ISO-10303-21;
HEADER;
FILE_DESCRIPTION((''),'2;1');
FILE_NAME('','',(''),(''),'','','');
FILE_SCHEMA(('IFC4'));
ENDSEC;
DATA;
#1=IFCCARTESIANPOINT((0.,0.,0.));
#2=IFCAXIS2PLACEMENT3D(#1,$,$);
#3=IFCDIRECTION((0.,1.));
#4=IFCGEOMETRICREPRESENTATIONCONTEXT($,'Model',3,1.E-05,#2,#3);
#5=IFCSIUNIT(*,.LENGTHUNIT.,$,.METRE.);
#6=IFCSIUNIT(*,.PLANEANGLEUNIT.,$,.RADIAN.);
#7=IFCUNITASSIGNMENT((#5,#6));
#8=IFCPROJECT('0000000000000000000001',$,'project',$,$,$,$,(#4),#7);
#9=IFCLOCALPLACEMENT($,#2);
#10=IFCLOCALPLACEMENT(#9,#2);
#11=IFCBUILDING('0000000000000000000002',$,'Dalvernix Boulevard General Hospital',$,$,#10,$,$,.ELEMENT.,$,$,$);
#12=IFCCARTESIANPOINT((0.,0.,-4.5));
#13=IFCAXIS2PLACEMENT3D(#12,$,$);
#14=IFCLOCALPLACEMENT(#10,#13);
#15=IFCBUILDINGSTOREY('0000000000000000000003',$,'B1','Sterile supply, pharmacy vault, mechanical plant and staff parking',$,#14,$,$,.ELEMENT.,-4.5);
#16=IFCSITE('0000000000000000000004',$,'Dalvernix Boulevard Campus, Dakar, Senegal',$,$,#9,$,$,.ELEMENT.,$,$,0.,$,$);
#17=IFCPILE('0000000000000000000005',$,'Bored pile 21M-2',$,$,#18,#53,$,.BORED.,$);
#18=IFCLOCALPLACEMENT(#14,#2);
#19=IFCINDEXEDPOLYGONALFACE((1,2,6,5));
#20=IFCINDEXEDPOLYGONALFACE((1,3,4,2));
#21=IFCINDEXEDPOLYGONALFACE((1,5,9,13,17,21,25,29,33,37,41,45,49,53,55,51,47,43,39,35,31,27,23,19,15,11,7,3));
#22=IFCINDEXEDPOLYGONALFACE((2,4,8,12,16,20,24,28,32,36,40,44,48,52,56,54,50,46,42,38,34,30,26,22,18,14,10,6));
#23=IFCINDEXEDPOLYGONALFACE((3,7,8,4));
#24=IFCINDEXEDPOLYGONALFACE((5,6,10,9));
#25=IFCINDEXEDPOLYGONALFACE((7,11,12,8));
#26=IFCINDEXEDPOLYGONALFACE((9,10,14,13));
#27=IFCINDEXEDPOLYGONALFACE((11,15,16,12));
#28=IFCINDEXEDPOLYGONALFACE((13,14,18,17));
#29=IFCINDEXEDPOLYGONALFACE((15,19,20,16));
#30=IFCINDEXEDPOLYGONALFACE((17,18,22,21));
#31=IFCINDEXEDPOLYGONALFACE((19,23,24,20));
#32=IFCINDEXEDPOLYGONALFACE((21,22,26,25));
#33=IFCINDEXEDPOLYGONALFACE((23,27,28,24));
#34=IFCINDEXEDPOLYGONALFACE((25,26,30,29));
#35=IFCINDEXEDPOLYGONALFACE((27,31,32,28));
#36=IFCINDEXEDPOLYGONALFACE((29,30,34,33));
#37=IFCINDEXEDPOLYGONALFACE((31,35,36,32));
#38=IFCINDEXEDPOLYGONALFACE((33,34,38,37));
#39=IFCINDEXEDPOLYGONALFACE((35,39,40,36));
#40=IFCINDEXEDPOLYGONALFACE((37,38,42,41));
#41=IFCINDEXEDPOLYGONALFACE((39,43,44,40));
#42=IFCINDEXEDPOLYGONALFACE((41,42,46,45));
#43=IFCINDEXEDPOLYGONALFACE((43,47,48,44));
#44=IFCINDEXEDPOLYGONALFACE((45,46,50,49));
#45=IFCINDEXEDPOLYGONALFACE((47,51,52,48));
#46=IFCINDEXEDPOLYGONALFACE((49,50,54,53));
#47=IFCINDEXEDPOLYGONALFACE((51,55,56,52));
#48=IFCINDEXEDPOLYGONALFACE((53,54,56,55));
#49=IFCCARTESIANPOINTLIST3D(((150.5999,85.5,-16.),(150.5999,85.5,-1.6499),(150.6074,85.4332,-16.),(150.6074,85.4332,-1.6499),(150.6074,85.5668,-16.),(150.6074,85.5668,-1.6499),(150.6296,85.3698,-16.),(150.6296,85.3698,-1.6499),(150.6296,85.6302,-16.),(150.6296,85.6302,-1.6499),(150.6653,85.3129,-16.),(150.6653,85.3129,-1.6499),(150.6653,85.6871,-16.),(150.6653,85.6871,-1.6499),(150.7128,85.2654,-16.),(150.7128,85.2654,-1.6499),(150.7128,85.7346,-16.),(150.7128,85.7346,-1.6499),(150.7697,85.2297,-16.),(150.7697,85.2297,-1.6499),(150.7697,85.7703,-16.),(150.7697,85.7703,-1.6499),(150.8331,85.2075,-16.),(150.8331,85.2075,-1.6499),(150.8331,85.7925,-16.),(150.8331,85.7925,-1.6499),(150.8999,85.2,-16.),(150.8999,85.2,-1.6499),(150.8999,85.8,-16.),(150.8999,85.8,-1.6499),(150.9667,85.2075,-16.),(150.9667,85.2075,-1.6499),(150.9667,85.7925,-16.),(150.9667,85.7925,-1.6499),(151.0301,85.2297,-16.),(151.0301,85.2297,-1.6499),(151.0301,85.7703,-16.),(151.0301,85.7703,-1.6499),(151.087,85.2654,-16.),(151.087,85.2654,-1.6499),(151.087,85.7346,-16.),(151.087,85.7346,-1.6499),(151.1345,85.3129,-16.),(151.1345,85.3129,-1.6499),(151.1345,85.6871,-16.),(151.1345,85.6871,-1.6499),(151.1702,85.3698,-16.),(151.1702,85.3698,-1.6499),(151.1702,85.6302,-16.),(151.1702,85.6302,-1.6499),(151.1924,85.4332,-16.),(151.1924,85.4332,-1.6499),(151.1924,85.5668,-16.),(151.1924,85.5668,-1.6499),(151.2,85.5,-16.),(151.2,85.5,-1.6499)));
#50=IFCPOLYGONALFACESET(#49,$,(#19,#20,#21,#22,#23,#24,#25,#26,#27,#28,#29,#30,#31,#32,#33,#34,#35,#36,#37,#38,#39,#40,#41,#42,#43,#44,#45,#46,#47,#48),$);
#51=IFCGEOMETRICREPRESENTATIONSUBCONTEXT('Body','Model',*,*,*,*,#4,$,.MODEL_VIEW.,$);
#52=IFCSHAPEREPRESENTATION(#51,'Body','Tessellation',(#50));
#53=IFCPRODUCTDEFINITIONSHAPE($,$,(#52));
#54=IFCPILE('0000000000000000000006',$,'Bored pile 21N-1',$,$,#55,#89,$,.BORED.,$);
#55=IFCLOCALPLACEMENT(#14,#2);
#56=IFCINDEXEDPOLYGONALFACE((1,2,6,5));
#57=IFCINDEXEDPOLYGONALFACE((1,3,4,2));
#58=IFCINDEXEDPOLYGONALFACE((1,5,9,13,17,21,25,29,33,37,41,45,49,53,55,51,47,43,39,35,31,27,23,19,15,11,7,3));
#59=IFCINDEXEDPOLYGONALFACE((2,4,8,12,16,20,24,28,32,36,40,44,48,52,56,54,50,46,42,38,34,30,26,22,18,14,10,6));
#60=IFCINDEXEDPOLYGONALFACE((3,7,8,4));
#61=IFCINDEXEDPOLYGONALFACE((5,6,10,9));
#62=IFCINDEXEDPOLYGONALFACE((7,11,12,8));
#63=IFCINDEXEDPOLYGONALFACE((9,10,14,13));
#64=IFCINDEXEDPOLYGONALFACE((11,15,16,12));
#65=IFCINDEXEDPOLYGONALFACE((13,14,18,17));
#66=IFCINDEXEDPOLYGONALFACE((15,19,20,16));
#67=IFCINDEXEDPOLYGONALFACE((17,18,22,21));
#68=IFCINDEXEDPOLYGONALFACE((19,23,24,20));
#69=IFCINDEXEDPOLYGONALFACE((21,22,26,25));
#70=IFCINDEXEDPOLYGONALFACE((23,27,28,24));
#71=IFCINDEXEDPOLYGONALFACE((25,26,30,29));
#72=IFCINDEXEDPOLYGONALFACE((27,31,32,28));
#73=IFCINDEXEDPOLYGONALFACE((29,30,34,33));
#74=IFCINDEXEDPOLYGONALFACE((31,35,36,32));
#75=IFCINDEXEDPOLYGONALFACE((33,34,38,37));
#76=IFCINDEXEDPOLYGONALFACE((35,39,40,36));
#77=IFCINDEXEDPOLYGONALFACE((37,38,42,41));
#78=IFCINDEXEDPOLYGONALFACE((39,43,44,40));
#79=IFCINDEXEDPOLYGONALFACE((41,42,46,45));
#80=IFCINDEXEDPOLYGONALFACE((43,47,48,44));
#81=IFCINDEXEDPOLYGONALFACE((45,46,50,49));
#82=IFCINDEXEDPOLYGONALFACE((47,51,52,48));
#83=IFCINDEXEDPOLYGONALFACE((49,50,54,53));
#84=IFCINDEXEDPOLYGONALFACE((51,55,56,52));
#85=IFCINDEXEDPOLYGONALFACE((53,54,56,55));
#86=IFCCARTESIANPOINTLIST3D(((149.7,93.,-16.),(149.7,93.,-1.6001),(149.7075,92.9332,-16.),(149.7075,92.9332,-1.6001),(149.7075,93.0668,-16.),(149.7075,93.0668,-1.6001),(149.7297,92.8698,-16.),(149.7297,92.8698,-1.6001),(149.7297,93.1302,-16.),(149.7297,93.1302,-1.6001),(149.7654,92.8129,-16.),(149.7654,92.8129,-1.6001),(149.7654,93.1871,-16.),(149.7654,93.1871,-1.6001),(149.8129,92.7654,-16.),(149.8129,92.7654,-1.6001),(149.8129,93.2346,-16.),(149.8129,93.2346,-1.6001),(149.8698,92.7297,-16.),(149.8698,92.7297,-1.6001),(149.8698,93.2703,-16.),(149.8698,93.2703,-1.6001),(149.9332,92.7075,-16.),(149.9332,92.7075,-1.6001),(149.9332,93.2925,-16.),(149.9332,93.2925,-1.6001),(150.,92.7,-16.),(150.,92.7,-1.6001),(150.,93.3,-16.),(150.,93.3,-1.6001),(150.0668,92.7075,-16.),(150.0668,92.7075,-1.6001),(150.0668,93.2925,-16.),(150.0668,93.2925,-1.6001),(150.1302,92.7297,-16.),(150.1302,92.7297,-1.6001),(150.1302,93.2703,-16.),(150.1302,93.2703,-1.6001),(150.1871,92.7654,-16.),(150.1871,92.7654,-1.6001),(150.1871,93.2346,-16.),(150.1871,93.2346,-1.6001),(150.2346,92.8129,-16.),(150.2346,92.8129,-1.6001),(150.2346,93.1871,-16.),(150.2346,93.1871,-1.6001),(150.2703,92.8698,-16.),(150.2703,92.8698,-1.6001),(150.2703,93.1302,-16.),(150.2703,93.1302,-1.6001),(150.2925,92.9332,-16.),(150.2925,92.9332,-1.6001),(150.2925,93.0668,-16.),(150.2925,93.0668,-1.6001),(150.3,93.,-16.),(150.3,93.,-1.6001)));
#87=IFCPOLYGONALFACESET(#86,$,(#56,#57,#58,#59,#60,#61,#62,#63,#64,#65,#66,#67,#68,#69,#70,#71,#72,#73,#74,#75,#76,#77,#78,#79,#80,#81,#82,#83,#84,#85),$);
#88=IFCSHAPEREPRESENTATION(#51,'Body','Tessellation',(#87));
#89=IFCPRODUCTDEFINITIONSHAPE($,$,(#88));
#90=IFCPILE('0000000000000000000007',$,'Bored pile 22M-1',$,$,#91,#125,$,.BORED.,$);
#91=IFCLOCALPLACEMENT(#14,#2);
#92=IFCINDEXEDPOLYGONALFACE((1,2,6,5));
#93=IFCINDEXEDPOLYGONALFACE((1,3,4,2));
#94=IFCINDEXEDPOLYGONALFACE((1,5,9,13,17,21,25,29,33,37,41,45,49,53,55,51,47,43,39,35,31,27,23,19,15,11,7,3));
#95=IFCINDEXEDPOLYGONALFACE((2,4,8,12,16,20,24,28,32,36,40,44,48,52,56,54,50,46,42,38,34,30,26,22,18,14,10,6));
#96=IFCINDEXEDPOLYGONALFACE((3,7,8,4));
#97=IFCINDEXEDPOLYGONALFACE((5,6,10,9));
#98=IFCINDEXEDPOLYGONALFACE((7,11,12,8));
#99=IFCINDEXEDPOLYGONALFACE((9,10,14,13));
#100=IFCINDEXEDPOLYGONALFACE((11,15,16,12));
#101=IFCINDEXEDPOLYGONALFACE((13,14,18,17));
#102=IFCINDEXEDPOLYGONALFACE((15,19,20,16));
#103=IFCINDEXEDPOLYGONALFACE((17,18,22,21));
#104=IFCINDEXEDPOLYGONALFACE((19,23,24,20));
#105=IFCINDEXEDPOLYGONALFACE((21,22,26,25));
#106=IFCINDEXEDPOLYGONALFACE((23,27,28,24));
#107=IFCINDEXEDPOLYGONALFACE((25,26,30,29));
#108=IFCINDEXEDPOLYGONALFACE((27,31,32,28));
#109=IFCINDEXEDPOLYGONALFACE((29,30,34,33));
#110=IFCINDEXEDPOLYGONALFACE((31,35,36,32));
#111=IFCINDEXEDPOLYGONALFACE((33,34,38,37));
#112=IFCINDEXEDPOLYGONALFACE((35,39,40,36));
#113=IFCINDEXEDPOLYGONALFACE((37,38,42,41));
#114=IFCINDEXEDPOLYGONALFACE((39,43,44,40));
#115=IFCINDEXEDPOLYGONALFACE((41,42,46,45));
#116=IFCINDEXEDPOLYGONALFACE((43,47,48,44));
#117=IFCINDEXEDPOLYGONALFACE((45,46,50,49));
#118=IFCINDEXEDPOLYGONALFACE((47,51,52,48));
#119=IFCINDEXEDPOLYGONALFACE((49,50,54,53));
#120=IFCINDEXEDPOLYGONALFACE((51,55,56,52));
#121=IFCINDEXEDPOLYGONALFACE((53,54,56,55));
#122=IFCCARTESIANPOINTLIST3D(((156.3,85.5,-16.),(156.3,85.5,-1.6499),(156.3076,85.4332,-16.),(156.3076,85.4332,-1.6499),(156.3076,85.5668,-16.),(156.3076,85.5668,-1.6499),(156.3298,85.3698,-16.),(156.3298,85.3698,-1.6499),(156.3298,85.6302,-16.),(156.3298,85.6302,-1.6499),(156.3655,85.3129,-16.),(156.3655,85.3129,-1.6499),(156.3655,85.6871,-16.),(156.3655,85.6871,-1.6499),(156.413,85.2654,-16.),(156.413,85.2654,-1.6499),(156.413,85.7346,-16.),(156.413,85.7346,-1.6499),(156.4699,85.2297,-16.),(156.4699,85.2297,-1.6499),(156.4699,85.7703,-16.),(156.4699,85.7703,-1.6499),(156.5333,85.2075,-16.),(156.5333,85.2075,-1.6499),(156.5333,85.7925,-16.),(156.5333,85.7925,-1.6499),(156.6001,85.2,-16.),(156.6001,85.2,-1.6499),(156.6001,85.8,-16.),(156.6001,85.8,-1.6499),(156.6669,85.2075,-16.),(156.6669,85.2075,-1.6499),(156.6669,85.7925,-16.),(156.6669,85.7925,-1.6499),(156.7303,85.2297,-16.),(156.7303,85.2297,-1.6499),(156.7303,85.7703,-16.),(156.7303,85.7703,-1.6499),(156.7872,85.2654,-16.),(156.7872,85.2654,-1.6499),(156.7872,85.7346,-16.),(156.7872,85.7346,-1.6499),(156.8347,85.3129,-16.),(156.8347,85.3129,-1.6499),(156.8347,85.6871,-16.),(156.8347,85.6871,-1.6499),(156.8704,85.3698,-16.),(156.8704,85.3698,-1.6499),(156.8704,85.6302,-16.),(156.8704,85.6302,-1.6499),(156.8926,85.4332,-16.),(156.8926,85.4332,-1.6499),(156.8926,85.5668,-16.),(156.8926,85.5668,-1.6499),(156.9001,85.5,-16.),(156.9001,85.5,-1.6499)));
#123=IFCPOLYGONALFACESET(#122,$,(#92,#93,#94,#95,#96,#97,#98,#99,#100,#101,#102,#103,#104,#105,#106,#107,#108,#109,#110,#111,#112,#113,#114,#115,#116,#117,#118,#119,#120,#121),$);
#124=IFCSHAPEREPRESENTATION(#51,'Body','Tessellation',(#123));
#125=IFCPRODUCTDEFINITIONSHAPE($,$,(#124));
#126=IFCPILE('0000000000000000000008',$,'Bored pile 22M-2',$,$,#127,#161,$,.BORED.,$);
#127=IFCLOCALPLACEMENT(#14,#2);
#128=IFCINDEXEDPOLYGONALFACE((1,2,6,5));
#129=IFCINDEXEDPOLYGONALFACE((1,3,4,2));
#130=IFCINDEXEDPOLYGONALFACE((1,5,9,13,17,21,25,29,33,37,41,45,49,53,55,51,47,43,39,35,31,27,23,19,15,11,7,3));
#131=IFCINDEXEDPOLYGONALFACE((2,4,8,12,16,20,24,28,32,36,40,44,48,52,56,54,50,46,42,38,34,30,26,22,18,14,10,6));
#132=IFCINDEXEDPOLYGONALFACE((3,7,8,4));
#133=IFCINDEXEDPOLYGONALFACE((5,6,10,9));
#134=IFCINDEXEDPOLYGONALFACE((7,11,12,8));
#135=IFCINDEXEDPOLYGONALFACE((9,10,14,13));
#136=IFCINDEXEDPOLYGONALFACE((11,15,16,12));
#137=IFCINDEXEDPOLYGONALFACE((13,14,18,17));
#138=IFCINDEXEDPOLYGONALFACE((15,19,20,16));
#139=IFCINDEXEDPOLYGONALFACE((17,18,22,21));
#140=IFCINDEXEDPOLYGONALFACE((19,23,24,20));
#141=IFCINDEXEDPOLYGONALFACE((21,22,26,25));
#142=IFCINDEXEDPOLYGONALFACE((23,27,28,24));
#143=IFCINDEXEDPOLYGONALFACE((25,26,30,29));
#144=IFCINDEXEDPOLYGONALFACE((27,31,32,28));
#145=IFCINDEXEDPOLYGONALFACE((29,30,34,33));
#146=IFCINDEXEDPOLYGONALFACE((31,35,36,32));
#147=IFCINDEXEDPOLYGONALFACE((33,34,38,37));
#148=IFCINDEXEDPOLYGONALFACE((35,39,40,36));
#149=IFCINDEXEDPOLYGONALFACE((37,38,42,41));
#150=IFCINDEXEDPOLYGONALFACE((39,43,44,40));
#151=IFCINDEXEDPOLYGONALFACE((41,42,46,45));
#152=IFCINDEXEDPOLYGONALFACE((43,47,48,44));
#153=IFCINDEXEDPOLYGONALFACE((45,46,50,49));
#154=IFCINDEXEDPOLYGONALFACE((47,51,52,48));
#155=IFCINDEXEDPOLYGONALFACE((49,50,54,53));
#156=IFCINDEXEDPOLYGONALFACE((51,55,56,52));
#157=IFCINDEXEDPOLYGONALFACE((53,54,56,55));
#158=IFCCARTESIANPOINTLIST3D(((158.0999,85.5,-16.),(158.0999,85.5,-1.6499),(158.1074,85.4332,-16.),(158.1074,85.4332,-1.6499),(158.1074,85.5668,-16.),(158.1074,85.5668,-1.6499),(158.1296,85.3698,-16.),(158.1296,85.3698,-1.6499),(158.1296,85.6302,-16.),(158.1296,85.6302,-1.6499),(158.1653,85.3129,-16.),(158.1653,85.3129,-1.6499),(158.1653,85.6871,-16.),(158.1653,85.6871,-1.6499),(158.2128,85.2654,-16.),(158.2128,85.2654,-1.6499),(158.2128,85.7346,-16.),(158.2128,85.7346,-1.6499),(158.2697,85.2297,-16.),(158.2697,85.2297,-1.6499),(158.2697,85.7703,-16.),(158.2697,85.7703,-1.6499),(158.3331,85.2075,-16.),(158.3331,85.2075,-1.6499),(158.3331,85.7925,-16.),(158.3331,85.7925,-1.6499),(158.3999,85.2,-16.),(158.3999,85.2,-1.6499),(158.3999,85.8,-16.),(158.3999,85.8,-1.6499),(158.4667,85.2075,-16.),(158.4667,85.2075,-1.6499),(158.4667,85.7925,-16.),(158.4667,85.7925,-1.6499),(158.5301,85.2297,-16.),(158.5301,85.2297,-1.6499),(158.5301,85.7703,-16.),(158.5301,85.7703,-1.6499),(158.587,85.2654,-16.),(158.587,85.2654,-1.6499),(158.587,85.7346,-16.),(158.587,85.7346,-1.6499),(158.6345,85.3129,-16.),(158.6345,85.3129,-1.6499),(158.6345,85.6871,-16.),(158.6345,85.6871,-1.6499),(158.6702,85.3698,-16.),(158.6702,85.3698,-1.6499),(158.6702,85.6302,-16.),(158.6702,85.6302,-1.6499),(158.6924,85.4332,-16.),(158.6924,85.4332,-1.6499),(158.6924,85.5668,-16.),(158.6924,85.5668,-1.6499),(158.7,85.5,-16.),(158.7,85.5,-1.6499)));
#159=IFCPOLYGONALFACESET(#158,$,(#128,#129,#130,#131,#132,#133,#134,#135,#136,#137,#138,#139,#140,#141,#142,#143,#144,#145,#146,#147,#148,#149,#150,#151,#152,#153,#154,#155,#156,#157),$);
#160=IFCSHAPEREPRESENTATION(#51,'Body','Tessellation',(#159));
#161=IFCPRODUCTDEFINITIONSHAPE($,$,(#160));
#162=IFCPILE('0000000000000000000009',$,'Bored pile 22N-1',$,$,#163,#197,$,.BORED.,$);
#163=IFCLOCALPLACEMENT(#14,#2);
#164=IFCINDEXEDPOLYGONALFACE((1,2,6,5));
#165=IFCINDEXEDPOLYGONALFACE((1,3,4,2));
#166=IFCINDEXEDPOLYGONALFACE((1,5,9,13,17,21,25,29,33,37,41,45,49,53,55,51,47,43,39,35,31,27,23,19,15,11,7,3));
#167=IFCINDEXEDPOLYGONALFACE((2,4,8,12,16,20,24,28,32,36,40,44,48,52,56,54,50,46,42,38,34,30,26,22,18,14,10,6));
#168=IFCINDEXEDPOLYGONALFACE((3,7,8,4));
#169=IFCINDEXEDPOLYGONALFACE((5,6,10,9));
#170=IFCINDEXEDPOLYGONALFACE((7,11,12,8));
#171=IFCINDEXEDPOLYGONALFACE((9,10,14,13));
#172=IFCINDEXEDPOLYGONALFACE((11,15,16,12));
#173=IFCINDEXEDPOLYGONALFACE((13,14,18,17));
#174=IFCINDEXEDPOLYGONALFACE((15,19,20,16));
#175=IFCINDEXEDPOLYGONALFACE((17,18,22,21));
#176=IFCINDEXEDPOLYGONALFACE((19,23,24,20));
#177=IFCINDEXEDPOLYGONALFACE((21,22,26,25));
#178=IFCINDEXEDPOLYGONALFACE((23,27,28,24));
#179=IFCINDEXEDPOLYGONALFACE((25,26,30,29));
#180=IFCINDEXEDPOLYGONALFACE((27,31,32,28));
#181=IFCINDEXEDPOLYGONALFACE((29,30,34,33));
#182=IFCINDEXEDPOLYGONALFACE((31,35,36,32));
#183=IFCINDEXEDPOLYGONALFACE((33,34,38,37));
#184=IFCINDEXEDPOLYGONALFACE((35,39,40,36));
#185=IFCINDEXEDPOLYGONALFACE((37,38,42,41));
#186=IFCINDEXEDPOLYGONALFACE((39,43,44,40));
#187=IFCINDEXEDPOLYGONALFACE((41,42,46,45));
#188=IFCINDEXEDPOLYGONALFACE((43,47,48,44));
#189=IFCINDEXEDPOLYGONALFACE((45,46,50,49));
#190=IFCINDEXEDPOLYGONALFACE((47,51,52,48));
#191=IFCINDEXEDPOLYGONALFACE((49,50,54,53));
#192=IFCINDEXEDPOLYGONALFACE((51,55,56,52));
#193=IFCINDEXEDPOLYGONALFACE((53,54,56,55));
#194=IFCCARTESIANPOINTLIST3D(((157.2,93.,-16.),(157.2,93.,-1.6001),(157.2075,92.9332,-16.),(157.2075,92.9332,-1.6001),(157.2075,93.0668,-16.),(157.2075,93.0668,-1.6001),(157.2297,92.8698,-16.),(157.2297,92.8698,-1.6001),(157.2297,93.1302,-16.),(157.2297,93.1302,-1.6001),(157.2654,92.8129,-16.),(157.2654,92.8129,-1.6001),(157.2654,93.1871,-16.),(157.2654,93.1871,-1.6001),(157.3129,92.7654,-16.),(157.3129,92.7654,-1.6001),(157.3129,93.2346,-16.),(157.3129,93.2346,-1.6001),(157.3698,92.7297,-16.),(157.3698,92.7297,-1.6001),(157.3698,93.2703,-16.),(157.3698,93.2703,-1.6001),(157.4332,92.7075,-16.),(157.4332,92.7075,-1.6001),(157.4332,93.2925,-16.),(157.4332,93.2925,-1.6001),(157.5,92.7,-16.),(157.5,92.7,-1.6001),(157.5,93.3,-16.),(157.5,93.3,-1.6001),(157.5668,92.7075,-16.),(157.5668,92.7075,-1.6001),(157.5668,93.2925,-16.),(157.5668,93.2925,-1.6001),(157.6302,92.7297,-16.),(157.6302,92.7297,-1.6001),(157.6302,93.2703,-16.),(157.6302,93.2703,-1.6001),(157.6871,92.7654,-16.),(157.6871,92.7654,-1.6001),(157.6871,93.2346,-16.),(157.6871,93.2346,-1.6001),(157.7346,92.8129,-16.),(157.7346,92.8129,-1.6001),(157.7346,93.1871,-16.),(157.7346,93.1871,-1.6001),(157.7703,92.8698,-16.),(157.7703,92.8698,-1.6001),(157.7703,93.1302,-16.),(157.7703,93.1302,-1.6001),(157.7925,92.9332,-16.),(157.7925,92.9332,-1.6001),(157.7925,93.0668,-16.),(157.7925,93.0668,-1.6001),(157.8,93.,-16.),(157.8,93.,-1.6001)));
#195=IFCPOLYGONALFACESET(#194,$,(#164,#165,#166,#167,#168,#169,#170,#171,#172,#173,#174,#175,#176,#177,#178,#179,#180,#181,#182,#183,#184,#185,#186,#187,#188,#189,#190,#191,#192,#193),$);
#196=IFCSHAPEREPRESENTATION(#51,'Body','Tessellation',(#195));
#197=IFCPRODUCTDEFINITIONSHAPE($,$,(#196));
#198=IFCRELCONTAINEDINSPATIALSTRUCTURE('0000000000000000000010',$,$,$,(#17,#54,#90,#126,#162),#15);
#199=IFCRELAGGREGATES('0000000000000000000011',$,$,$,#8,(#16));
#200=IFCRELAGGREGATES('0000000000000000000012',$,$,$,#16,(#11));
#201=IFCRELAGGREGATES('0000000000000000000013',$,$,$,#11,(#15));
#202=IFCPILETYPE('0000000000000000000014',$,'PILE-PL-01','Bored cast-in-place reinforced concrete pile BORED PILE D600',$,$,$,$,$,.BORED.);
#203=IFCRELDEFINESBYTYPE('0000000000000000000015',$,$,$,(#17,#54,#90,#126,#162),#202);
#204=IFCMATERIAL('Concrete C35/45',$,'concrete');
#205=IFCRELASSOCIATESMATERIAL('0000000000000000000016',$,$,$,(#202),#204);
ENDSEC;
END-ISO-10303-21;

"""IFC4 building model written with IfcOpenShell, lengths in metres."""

from ifc_helpers import new_model, si_unit, direction, frame, origin, origin_2d, place, context, subcontext, project, spatial, circle, extrude, material, material_profile, profile_set, type_object, element, save


model = new_model("IFC4")

# Units and contexts
model_context = context("Model", 3, precision=1e-05, world=origin(), true_north=direction((0.0, 1.0)))
body_context = subcontext(model_context, "Body", "Model", "MODEL_VIEW")
ifc_project = project(units=[si_unit("LENGTHUNIT", "METRE"), si_unit("PLANEANGLEUNIT", "RADIAN")], contexts=[model_context])

# Site, building, storey
site_placement = place(None, origin())
site = spatial("IfcSite", under=ifc_project, at=site_placement, Name="Dalvernix Boulevard Campus, Dakar, Senegal", CompositionType="ELEMENT", RefElevation=0.0)
building_placement = place(site_placement, origin())
building = spatial("IfcBuilding", under=site, at=building_placement, Name="Dalvernix Boulevard General Hospital", CompositionType="ELEMENT")
storey_placement = place(building_placement, frame((0.0, 0.0, -4.5)))
storey = spatial("IfcBuildingStorey", under=building, at=storey_placement, Name="B1", Description="Sterile supply, pharmacy vault, mechanical plant and staff parking", CompositionType="ELEMENT", Elevation=-4.5)

# Shared definitions
ifc_material_1 = material(Name="Concrete C35/45", Category="concrete")

# Piles
ifc_material_profile_1 = material_profile(ifc_material_1, circle(Radius=0.3, at=origin_2d()), Name="BORED PILE D600")
ifc_profile_set_1 = profile_set([ifc_material_profile_1], Name="Concrete C35/45")
pile_type = type_object("IfcPileType", Name="PILE-PL-01", Description="Bored cast-in-place reinforced concrete pile BORED PILE D600", PredefinedType="BORED", material=ifc_profile_set_1)
pile_1_placement = place(storey_placement, frame((150.8999, 85.5, -1.6499), z_axis=(0.0, 0.0, -1.0), x_axis=(1.0, 0.0, 0.0)))
element("IfcPile", 1, at=pile_1_placement, inside=storey, type_object=pile_type, Name="Bored pile 21M-2", PredefinedType="BORED", context=body_context, shape_type="SweptSolid", body=[
    extrude(circle(Radius=0.3, at=origin_2d()), origin(), (0.0, 0.0, 1.0), 14.3501),
])
pile_2_placement = place(storey_placement, frame((150.0, 93.0, -1.6001), z_axis=(0.0, 0.0, -1.0), x_axis=(1.0, 0.0, 0.0)))
element("IfcPile", 2, at=pile_2_placement, inside=storey, type_object=pile_type, Name="Bored pile 21N-1", PredefinedType="BORED", context=body_context, shape_type="SweptSolid", body=[
    extrude(circle(Radius=0.3, at=origin_2d()), origin(), (0.0, 0.0, 1.0), 14.3999),
])
for number, where, z_axis, x_axis, name in (
    (3, (156.6001, 85.5, -1.6499), (0.0, 0.0, -1.0), (1.0, 0.0, 0.0), "Bored pile 22M-1"),
    (4, (158.3999, 85.5, -1.6499), (0.0, 0.0, -1.0), (1.0, 0.0, 0.0), "Bored pile 22M-2"),
):
    element("IfcPile", number, at=place(storey_placement, frame(where, z_axis=z_axis, x_axis=x_axis)), inside=storey, type_object=pile_type, Name=name, PredefinedType="BORED", context=body_context, shape_type="SweptSolid", body=[
        extrude(circle(Radius=0.3, at=origin_2d()), origin(), (0.0, 0.0, 1.0), 14.3501),
    ])
pile_3_placement = place(storey_placement, frame((157.5, 93.0, -1.6001), z_axis=(0.0, 0.0, -1.0), x_axis=(1.0, 0.0, 0.0)))
element("IfcPile", 5, at=pile_3_placement, inside=storey, type_object=pile_type, Name="Bored pile 22N-1", PredefinedType="BORED", context=body_context, shape_type="SweptSolid", body=[
    extrude(circle(Radius=0.3, at=origin_2d()), origin(), (0.0, 0.0, 1.0), 14.3999),
])

save(model, "model.ifc")
